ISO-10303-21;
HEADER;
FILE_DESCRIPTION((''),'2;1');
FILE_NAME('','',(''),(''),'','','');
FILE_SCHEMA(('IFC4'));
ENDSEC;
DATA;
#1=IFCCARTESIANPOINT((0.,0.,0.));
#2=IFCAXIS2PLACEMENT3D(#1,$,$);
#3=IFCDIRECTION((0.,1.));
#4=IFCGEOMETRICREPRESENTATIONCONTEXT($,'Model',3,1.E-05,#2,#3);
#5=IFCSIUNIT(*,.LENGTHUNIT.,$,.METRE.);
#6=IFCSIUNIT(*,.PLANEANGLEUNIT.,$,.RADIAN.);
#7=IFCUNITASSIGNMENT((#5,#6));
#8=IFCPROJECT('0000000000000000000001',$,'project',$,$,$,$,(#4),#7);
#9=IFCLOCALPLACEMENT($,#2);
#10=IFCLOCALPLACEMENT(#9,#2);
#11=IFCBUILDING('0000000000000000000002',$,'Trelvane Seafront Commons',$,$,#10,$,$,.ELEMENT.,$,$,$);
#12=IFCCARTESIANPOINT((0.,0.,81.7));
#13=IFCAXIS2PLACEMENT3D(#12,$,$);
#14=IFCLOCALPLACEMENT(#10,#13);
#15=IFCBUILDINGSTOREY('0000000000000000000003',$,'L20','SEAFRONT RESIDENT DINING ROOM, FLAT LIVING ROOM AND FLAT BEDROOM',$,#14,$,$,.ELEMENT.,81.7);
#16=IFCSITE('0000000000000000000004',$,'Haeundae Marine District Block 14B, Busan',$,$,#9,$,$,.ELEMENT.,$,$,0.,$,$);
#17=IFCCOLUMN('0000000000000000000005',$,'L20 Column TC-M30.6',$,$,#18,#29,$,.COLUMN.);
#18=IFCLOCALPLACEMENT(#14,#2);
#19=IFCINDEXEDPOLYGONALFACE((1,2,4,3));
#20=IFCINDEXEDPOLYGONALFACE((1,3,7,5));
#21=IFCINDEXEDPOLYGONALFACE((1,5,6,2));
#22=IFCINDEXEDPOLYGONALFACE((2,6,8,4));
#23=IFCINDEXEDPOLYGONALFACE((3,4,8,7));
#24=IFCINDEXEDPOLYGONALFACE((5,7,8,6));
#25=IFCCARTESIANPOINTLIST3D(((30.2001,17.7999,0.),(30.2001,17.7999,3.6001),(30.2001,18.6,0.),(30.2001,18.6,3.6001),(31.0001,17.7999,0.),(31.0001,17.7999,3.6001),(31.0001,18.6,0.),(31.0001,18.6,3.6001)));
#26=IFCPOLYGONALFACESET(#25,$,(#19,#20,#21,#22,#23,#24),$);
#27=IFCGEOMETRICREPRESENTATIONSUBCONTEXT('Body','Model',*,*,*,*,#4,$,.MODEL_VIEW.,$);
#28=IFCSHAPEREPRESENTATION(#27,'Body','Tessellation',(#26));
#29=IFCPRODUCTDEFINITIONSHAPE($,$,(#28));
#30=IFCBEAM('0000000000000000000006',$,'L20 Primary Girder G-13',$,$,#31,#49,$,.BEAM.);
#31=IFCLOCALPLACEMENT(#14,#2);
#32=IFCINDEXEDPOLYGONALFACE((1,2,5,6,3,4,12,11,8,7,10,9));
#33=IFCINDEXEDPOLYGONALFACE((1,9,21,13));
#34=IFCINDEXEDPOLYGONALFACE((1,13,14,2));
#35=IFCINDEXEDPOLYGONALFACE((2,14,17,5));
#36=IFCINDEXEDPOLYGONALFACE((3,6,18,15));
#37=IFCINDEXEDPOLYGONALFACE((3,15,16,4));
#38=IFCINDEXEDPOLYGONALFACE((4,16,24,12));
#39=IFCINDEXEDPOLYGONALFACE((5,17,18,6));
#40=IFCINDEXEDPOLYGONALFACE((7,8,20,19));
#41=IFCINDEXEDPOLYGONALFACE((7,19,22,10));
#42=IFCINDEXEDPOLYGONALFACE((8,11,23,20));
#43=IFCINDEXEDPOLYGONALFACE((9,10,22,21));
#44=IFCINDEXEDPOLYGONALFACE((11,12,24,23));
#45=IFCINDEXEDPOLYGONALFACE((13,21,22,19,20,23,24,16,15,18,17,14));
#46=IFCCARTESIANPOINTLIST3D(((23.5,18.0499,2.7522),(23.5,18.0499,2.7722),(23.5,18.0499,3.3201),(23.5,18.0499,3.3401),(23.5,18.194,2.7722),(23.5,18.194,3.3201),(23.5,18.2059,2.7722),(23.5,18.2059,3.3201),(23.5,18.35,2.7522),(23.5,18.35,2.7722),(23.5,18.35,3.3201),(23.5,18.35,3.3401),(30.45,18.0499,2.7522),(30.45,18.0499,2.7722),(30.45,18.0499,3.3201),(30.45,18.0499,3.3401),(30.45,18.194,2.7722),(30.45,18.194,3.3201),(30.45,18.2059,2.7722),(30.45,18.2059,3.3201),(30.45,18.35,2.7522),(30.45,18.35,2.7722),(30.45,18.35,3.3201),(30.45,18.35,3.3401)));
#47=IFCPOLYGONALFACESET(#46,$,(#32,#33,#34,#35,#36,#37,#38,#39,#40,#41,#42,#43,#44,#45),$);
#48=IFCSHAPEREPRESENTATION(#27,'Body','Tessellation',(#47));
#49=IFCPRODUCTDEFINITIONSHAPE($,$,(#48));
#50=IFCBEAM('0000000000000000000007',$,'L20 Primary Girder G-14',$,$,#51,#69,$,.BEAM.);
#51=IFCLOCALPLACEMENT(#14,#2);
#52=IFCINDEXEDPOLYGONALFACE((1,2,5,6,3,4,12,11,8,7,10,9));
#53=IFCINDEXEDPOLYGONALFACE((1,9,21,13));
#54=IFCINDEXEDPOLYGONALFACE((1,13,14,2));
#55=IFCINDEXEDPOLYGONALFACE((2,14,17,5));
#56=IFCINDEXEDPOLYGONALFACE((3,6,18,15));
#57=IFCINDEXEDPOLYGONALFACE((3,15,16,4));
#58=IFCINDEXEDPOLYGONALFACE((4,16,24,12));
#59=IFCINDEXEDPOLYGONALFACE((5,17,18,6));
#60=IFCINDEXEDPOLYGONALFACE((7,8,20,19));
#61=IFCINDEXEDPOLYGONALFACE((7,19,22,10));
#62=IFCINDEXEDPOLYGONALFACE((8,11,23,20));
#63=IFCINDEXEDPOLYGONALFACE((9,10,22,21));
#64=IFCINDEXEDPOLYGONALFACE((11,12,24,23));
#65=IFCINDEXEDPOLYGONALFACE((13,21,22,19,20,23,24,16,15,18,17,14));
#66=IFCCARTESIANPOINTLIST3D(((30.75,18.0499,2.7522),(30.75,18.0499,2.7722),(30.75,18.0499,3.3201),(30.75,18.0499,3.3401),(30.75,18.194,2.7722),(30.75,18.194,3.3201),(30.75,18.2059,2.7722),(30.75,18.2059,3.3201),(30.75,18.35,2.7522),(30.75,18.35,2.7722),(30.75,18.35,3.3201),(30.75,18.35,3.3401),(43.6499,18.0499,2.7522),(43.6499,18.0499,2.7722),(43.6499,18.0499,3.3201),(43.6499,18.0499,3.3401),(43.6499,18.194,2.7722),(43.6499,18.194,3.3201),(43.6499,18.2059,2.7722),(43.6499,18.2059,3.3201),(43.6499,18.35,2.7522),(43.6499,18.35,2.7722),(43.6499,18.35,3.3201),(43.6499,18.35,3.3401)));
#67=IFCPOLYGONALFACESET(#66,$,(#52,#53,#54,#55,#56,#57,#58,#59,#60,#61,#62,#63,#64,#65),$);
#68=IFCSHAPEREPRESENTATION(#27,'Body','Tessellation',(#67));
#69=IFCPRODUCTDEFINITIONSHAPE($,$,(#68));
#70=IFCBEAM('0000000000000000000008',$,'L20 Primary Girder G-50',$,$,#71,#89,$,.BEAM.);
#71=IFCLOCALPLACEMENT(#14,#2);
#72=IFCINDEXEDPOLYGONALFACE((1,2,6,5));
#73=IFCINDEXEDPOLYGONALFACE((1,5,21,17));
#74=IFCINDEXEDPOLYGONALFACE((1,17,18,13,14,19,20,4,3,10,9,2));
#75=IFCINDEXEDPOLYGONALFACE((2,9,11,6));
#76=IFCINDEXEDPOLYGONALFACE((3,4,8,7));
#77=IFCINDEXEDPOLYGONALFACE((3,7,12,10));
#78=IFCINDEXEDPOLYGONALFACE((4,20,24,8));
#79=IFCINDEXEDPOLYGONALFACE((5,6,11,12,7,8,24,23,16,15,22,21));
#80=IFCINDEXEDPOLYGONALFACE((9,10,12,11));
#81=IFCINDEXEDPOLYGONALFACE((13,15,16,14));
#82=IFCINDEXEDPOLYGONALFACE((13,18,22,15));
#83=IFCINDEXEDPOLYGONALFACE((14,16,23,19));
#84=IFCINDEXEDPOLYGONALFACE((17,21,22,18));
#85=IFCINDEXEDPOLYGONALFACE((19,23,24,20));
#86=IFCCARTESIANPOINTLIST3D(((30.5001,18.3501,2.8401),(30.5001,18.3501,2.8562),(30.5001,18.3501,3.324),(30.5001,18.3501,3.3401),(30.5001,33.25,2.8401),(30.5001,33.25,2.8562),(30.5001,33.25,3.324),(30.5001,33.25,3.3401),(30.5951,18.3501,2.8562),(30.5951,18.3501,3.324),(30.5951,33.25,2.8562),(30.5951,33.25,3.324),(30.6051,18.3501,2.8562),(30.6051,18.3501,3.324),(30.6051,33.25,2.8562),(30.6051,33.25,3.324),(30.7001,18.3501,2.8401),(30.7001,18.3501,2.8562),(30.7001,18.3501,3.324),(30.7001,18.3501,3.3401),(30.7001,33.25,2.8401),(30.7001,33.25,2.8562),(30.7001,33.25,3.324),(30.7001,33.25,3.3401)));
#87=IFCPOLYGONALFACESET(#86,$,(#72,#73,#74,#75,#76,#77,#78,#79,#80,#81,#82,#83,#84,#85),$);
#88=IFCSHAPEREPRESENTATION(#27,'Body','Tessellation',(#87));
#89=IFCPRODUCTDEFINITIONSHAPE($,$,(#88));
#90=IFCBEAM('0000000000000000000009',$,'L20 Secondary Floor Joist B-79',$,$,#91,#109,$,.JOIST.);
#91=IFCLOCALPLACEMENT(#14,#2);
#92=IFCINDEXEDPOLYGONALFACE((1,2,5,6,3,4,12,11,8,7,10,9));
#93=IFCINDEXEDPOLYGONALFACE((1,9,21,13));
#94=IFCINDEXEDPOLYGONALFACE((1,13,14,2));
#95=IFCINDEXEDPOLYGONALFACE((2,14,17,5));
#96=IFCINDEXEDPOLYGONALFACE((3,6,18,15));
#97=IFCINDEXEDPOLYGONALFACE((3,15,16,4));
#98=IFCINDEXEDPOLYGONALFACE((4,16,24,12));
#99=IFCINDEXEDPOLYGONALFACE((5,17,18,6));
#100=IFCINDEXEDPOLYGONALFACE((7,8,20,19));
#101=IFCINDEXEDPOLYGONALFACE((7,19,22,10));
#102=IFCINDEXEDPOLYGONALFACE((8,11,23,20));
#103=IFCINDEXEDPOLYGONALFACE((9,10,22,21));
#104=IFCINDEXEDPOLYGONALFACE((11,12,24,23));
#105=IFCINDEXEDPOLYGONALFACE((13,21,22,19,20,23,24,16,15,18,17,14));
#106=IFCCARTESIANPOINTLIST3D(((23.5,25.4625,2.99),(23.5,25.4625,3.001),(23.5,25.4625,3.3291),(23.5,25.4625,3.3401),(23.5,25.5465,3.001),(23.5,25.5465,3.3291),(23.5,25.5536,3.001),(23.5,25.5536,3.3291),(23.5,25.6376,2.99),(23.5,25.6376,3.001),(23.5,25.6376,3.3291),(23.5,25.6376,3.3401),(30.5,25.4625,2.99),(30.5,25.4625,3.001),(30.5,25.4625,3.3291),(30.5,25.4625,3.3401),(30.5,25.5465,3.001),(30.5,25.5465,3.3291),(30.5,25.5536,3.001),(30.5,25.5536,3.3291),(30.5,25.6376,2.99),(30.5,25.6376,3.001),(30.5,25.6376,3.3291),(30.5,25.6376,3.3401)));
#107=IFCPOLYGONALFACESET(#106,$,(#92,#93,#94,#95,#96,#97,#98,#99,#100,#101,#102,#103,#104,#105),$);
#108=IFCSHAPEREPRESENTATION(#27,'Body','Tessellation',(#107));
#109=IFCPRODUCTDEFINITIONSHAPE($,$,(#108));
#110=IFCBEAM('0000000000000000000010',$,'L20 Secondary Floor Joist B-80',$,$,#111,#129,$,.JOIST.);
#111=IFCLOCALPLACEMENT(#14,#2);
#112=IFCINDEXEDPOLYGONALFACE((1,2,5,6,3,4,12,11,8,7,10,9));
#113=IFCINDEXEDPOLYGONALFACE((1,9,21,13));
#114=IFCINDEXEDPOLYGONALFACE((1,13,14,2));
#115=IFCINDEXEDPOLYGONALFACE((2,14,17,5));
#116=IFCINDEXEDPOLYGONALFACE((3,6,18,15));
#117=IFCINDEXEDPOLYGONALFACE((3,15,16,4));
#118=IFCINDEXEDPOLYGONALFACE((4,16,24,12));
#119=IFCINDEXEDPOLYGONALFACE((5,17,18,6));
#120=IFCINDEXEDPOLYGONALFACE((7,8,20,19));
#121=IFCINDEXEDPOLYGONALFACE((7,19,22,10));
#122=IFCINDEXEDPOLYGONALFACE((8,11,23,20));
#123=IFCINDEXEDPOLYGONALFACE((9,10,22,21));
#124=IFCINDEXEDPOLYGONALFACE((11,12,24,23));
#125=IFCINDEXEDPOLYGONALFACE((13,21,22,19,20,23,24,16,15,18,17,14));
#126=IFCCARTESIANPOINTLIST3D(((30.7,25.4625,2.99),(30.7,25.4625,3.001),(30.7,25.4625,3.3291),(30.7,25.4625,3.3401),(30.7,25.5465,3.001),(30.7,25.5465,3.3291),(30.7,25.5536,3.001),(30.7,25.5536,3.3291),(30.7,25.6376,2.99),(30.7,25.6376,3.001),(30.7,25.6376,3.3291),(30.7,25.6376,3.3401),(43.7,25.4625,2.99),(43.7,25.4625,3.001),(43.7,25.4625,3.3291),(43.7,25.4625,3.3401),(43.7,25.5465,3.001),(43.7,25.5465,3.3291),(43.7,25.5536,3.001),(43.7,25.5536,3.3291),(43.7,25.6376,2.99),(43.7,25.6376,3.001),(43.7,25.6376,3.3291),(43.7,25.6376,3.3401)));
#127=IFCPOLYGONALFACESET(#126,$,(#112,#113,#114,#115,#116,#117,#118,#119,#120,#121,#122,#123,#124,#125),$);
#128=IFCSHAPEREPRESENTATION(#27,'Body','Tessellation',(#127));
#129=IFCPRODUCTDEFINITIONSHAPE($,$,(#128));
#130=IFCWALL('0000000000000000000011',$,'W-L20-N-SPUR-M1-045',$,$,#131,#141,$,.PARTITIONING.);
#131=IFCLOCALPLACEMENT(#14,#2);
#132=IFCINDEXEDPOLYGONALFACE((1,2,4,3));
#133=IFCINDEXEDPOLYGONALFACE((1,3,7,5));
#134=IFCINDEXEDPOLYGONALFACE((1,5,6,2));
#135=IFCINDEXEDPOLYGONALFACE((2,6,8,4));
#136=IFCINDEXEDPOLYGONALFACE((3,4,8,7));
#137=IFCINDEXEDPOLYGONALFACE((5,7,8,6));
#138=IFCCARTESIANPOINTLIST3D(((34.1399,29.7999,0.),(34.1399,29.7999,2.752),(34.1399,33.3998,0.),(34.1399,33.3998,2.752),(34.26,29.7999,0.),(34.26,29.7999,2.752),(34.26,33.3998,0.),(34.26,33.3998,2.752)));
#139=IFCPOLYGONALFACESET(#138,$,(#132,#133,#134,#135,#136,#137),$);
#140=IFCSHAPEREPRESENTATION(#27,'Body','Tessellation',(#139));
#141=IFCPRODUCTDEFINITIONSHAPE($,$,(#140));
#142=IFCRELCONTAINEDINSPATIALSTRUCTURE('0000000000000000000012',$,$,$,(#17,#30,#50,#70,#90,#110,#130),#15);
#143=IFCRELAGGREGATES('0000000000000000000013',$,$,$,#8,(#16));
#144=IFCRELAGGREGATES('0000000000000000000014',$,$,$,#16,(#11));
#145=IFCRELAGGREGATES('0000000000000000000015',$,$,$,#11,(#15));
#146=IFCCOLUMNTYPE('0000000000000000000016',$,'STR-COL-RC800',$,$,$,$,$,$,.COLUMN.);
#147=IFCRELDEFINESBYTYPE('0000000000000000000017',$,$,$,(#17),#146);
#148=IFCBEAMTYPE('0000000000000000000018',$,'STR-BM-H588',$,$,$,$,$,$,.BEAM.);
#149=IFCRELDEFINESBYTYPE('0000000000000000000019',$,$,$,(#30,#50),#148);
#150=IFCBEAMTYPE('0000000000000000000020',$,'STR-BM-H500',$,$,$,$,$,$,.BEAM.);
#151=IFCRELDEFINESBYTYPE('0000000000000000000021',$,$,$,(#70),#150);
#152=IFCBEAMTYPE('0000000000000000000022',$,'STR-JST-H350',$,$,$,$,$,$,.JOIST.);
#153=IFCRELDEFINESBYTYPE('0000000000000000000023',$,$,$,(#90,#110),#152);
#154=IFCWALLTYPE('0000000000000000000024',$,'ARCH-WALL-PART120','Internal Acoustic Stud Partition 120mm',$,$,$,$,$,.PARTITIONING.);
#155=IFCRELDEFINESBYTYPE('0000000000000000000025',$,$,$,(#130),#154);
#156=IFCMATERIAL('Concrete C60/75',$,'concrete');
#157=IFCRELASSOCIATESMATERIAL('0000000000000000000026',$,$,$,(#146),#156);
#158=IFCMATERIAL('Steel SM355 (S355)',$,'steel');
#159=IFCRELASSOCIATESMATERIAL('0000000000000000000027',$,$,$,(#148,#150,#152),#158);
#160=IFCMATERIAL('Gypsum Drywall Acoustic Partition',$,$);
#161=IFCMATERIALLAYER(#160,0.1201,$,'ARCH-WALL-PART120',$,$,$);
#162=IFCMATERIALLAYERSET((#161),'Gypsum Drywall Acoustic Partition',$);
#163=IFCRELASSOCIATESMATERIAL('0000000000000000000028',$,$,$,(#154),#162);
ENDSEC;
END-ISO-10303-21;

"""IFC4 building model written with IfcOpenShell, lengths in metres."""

from ifc_helpers import new_model, si_unit, direction, frame, frame_2d, origin, origin_2d, place, context, subcontext, project, spatial, rectangle, i_section, extrude, source, transform, mapped, material, layer, layer_set, material_profile, profile_set, type_object, element, save


model = new_model("IFC4")

# Units and contexts
model_context = context("Model", 3, precision=1e-05, world=origin(), true_north=direction((0.0, 1.0)))
body_context = subcontext(model_context, "Body", "Model", "MODEL_VIEW")
ifc_project = project(units=[si_unit("LENGTHUNIT", "METRE"), si_unit("PLANEANGLEUNIT", "RADIAN")], contexts=[model_context])

# Site, building, storey
site_placement = place(None, origin())
site = spatial("IfcSite", under=ifc_project, at=site_placement, Name="Haeundae Marine District Block 14B, Busan", CompositionType="ELEMENT", RefElevation=0.0)
building_placement = place(site_placement, origin())
building = spatial("IfcBuilding", under=site, at=building_placement, Name="Trelvane Seafront Commons", CompositionType="ELEMENT")
storey_placement = place(building_placement, frame((0.0, 0.0, 81.7)))
storey = spatial("IfcBuildingStorey", under=building, at=storey_placement, Name="L20", Description="SEAFRONT RESIDENT DINING ROOM, FLAT LIVING ROOM AND FLAT BEDROOM", CompositionType="ELEMENT", Elevation=81.7)

# Column
ifc_material_1 = material(Name="Concrete C60/75", Category="concrete")
ifc_material_profile_1 = material_profile(ifc_material_1, rectangle(XDim=0.8, YDim=0.8, at=origin_2d()), Name="RC-800x800")
ifc_profile_set_1 = profile_set([ifc_material_profile_1], Name="Concrete C60/75")
column_type = type_object("IfcColumnType", Name="STR-COL-RC800", PredefinedType="COLUMN", material=ifc_profile_set_1)
shared_shape_1 = source(origin(), body_context, "Body", "SweptSolid", [
    extrude(rectangle(XDim=0.8, YDim=0.8, at=origin_2d()), origin(), (0.0, 0.0, 1.0), 3.6001),
])
column_placement = place(storey_placement, frame((30.6001, 18.2, 0.0), z_axis=(0.0, 0.0, 1.0), x_axis=(1.0, 0.0, 0.0)))
element("IfcColumn", 1, at=column_placement, inside=storey, type_object=column_type, Name="L20 Column TC-M30.6", PredefinedType="COLUMN", context=body_context, shape_type="MappedRepresentation", body=[
    mapped(shared_shape_1, transform((0.0, 0.0, 0.0), x_axis=(1.0, 0.0, 0.0), y_axis=(0.0, 1.0, 0.0), z_axis=(0.0, 0.0, 1.0), scale=1.0)),
])

# Beams
ifc_material_2 = material(Name="Steel SM355 (S355)", Category="steel")
ifc_material_profile_2 = material_profile(ifc_material_2, i_section(OverallWidth=0.3, OverallDepth=0.5879, WebThickness=0.012, FlangeThickness=0.02, at=origin_2d()), Name="H-588x300x12x20")
ifc_profile_set_2 = profile_set([ifc_material_profile_2], Name="Steel SM355 (S355)")
beam_type_1 = type_object("IfcBeamType", Name="STR-BM-H588", PredefinedType="BEAM", material=ifc_profile_set_2)
shared_shape_2 = source(origin(), body_context, "Body", "SweptSolid", [
    extrude(i_section(OverallWidth=0.3, OverallDepth=0.5879, WebThickness=0.012, FlangeThickness=0.02, at=origin_2d()), origin(), (0.0, 0.0, 1.0), 6.95),
])
beam_1_placement = place(storey_placement, frame((23.5, 18.2, 3.0461), z_axis=(1.0, 0.0, 0.0), x_axis=(0.0, 1.0, 0.0)))
element("IfcBeam", 2, at=beam_1_placement, inside=storey, type_object=beam_type_1, Name="L20 Primary Girder G-13", PredefinedType="BEAM", context=body_context, shape_type="MappedRepresentation", body=[
    mapped(shared_shape_2, transform((0.0, 0.0, 0.0), x_axis=(1.0, 0.0, 0.0), y_axis=(0.0, 1.0, 0.0), z_axis=(0.0, 0.0, 1.0), scale=1.0)),
])
shared_shape_3 = source(origin(), body_context, "Body", "SweptSolid", [
    extrude(i_section(OverallWidth=0.3, OverallDepth=0.5879, WebThickness=0.012, FlangeThickness=0.02, at=origin_2d()), origin(), (0.0, 0.0, 1.0), 12.8999),
])
beam_2_placement = place(storey_placement, frame((30.75, 18.2, 3.0461), z_axis=(1.0, 0.0, 0.0), x_axis=(0.0, 1.0, 0.0)))
element("IfcBeam", 3, at=beam_2_placement, inside=storey, type_object=beam_type_1, Name="L20 Primary Girder G-14", PredefinedType="BEAM", context=body_context, shape_type="MappedRepresentation", body=[
    mapped(shared_shape_3, transform((0.0, 0.0, 0.0), x_axis=(1.0, 0.0, 0.0), y_axis=(0.0, 1.0, 0.0), z_axis=(0.0, 0.0, 1.0), scale=1.0)),
])
ifc_material_profile_3 = material_profile(ifc_material_2, i_section(OverallWidth=0.2, OverallDepth=0.5, WebThickness=0.01, FlangeThickness=0.0161, at=origin_2d()), Name="H-500x200x10x16")
ifc_profile_set_3 = profile_set([ifc_material_profile_3], Name="Steel SM355 (S355)")
beam_type_2 = type_object("IfcBeamType", Name="STR-BM-H500", PredefinedType="BEAM", material=ifc_profile_set_3)
shared_shape_4 = source(origin(), body_context, "Body", "SweptSolid", [
    extrude(i_section(OverallWidth=0.2, OverallDepth=0.5, WebThickness=0.01, FlangeThickness=0.0161, at=origin_2d()), origin(), (0.0, 0.0, 1.0), 14.8999),
])
beam_3_placement = place(storey_placement, frame((30.6001, 18.3501, 3.0901), z_axis=(0.0, 1.0, 0.0), x_axis=(-1.0, 0.0, 0.0)))
element("IfcBeam", 4, at=beam_3_placement, inside=storey, type_object=beam_type_2, Name="L20 Primary Girder G-50", PredefinedType="BEAM", context=body_context, shape_type="MappedRepresentation", body=[
    mapped(shared_shape_4, transform((0.0, 0.0, 0.0), x_axis=(1.0, 0.0, 0.0), y_axis=(0.0, 1.0, 0.0), z_axis=(0.0, 0.0, 1.0), scale=1.0)),
])
ifc_material_profile_4 = material_profile(ifc_material_2, i_section(OverallWidth=0.175, OverallDepth=0.3501, WebThickness=0.0071, FlangeThickness=0.011, at=origin_2d()), Name="H-350x175x7x11")
ifc_profile_set_4 = profile_set([ifc_material_profile_4], Name="Steel SM355 (S355)")
beam_type_3 = type_object("IfcBeamType", Name="STR-JST-H350", PredefinedType="JOIST", material=ifc_profile_set_4)
shared_shape_5 = source(origin(), body_context, "Body", "SweptSolid", [
    extrude(i_section(OverallWidth=0.175, OverallDepth=0.3501, WebThickness=0.0071, FlangeThickness=0.011, at=origin_2d()), origin(), (0.0, 0.0, 1.0), 7.0),
])
beam_4_placement = place(storey_placement, frame((23.5, 25.55, 3.165), z_axis=(1.0, 0.0, 0.0), x_axis=(0.0, 1.0, 0.0)))
element("IfcBeam", 5, at=beam_4_placement, inside=storey, type_object=beam_type_3, Name="L20 Secondary Floor Joist B-79", PredefinedType="JOIST", context=body_context, shape_type="MappedRepresentation", body=[
    mapped(shared_shape_5, transform((0.0, 0.0, 0.0), x_axis=(1.0, 0.0, 0.0), y_axis=(0.0, 1.0, 0.0), z_axis=(0.0, 0.0, 1.0), scale=1.0)),
])
shared_shape_6 = source(origin(), body_context, "Body", "SweptSolid", [
    extrude(i_section(OverallWidth=0.175, OverallDepth=0.3501, WebThickness=0.0071, FlangeThickness=0.011, at=origin_2d()), origin(), (0.0, 0.0, 1.0), 13.0),
])
beam_5_placement = place(storey_placement, frame((30.7, 25.55, 3.165), z_axis=(1.0, 0.0, 0.0), x_axis=(0.0, 1.0, 0.0)))
element("IfcBeam", 6, at=beam_5_placement, inside=storey, type_object=beam_type_3, Name="L20 Secondary Floor Joist B-80", PredefinedType="JOIST", context=body_context, shape_type="MappedRepresentation", body=[
    mapped(shared_shape_6, transform((0.0, 0.0, 0.0), x_axis=(1.0, 0.0, 0.0), y_axis=(0.0, 1.0, 0.0), z_axis=(0.0, 0.0, 1.0), scale=1.0)),
])

# Wall
ifc_material_3 = material(Name="Gypsum Drywall Acoustic Partition")
ifc_layer_1 = layer(ifc_material_3, 0.1201, Name="ARCH-WALL-PART120")
ifc_layer_set_1 = layer_set([ifc_layer_1], Name="Gypsum Drywall Acoustic Partition")
wall_type_1 = type_object("IfcWallType", Name="ARCH-WALL-PART120", Description="Internal Acoustic Stud Partition 120mm", PredefinedType="PARTITIONING", material=ifc_layer_set_1)
wall_1_placement = place(storey_placement, frame((34.2, 29.8, 0.0), z_axis=(0.0, 0.0, 1.0), x_axis=(0.0, 1.0, 0.0)))
element("IfcWall", 7, at=wall_1_placement, inside=storey, type_object=wall_type_1, Name="W-L20-N-SPUR-M1-045", PredefinedType="PARTITIONING", context=body_context, shape_type="SweptSolid", body=[
    extrude(rectangle(XDim=3.5999, YDim=0.1201, at=frame_2d((1.7998, 0.0))), origin(), (0.0, 0.0, 1.0), 2.752),
])

save(model, "model.ifc")
